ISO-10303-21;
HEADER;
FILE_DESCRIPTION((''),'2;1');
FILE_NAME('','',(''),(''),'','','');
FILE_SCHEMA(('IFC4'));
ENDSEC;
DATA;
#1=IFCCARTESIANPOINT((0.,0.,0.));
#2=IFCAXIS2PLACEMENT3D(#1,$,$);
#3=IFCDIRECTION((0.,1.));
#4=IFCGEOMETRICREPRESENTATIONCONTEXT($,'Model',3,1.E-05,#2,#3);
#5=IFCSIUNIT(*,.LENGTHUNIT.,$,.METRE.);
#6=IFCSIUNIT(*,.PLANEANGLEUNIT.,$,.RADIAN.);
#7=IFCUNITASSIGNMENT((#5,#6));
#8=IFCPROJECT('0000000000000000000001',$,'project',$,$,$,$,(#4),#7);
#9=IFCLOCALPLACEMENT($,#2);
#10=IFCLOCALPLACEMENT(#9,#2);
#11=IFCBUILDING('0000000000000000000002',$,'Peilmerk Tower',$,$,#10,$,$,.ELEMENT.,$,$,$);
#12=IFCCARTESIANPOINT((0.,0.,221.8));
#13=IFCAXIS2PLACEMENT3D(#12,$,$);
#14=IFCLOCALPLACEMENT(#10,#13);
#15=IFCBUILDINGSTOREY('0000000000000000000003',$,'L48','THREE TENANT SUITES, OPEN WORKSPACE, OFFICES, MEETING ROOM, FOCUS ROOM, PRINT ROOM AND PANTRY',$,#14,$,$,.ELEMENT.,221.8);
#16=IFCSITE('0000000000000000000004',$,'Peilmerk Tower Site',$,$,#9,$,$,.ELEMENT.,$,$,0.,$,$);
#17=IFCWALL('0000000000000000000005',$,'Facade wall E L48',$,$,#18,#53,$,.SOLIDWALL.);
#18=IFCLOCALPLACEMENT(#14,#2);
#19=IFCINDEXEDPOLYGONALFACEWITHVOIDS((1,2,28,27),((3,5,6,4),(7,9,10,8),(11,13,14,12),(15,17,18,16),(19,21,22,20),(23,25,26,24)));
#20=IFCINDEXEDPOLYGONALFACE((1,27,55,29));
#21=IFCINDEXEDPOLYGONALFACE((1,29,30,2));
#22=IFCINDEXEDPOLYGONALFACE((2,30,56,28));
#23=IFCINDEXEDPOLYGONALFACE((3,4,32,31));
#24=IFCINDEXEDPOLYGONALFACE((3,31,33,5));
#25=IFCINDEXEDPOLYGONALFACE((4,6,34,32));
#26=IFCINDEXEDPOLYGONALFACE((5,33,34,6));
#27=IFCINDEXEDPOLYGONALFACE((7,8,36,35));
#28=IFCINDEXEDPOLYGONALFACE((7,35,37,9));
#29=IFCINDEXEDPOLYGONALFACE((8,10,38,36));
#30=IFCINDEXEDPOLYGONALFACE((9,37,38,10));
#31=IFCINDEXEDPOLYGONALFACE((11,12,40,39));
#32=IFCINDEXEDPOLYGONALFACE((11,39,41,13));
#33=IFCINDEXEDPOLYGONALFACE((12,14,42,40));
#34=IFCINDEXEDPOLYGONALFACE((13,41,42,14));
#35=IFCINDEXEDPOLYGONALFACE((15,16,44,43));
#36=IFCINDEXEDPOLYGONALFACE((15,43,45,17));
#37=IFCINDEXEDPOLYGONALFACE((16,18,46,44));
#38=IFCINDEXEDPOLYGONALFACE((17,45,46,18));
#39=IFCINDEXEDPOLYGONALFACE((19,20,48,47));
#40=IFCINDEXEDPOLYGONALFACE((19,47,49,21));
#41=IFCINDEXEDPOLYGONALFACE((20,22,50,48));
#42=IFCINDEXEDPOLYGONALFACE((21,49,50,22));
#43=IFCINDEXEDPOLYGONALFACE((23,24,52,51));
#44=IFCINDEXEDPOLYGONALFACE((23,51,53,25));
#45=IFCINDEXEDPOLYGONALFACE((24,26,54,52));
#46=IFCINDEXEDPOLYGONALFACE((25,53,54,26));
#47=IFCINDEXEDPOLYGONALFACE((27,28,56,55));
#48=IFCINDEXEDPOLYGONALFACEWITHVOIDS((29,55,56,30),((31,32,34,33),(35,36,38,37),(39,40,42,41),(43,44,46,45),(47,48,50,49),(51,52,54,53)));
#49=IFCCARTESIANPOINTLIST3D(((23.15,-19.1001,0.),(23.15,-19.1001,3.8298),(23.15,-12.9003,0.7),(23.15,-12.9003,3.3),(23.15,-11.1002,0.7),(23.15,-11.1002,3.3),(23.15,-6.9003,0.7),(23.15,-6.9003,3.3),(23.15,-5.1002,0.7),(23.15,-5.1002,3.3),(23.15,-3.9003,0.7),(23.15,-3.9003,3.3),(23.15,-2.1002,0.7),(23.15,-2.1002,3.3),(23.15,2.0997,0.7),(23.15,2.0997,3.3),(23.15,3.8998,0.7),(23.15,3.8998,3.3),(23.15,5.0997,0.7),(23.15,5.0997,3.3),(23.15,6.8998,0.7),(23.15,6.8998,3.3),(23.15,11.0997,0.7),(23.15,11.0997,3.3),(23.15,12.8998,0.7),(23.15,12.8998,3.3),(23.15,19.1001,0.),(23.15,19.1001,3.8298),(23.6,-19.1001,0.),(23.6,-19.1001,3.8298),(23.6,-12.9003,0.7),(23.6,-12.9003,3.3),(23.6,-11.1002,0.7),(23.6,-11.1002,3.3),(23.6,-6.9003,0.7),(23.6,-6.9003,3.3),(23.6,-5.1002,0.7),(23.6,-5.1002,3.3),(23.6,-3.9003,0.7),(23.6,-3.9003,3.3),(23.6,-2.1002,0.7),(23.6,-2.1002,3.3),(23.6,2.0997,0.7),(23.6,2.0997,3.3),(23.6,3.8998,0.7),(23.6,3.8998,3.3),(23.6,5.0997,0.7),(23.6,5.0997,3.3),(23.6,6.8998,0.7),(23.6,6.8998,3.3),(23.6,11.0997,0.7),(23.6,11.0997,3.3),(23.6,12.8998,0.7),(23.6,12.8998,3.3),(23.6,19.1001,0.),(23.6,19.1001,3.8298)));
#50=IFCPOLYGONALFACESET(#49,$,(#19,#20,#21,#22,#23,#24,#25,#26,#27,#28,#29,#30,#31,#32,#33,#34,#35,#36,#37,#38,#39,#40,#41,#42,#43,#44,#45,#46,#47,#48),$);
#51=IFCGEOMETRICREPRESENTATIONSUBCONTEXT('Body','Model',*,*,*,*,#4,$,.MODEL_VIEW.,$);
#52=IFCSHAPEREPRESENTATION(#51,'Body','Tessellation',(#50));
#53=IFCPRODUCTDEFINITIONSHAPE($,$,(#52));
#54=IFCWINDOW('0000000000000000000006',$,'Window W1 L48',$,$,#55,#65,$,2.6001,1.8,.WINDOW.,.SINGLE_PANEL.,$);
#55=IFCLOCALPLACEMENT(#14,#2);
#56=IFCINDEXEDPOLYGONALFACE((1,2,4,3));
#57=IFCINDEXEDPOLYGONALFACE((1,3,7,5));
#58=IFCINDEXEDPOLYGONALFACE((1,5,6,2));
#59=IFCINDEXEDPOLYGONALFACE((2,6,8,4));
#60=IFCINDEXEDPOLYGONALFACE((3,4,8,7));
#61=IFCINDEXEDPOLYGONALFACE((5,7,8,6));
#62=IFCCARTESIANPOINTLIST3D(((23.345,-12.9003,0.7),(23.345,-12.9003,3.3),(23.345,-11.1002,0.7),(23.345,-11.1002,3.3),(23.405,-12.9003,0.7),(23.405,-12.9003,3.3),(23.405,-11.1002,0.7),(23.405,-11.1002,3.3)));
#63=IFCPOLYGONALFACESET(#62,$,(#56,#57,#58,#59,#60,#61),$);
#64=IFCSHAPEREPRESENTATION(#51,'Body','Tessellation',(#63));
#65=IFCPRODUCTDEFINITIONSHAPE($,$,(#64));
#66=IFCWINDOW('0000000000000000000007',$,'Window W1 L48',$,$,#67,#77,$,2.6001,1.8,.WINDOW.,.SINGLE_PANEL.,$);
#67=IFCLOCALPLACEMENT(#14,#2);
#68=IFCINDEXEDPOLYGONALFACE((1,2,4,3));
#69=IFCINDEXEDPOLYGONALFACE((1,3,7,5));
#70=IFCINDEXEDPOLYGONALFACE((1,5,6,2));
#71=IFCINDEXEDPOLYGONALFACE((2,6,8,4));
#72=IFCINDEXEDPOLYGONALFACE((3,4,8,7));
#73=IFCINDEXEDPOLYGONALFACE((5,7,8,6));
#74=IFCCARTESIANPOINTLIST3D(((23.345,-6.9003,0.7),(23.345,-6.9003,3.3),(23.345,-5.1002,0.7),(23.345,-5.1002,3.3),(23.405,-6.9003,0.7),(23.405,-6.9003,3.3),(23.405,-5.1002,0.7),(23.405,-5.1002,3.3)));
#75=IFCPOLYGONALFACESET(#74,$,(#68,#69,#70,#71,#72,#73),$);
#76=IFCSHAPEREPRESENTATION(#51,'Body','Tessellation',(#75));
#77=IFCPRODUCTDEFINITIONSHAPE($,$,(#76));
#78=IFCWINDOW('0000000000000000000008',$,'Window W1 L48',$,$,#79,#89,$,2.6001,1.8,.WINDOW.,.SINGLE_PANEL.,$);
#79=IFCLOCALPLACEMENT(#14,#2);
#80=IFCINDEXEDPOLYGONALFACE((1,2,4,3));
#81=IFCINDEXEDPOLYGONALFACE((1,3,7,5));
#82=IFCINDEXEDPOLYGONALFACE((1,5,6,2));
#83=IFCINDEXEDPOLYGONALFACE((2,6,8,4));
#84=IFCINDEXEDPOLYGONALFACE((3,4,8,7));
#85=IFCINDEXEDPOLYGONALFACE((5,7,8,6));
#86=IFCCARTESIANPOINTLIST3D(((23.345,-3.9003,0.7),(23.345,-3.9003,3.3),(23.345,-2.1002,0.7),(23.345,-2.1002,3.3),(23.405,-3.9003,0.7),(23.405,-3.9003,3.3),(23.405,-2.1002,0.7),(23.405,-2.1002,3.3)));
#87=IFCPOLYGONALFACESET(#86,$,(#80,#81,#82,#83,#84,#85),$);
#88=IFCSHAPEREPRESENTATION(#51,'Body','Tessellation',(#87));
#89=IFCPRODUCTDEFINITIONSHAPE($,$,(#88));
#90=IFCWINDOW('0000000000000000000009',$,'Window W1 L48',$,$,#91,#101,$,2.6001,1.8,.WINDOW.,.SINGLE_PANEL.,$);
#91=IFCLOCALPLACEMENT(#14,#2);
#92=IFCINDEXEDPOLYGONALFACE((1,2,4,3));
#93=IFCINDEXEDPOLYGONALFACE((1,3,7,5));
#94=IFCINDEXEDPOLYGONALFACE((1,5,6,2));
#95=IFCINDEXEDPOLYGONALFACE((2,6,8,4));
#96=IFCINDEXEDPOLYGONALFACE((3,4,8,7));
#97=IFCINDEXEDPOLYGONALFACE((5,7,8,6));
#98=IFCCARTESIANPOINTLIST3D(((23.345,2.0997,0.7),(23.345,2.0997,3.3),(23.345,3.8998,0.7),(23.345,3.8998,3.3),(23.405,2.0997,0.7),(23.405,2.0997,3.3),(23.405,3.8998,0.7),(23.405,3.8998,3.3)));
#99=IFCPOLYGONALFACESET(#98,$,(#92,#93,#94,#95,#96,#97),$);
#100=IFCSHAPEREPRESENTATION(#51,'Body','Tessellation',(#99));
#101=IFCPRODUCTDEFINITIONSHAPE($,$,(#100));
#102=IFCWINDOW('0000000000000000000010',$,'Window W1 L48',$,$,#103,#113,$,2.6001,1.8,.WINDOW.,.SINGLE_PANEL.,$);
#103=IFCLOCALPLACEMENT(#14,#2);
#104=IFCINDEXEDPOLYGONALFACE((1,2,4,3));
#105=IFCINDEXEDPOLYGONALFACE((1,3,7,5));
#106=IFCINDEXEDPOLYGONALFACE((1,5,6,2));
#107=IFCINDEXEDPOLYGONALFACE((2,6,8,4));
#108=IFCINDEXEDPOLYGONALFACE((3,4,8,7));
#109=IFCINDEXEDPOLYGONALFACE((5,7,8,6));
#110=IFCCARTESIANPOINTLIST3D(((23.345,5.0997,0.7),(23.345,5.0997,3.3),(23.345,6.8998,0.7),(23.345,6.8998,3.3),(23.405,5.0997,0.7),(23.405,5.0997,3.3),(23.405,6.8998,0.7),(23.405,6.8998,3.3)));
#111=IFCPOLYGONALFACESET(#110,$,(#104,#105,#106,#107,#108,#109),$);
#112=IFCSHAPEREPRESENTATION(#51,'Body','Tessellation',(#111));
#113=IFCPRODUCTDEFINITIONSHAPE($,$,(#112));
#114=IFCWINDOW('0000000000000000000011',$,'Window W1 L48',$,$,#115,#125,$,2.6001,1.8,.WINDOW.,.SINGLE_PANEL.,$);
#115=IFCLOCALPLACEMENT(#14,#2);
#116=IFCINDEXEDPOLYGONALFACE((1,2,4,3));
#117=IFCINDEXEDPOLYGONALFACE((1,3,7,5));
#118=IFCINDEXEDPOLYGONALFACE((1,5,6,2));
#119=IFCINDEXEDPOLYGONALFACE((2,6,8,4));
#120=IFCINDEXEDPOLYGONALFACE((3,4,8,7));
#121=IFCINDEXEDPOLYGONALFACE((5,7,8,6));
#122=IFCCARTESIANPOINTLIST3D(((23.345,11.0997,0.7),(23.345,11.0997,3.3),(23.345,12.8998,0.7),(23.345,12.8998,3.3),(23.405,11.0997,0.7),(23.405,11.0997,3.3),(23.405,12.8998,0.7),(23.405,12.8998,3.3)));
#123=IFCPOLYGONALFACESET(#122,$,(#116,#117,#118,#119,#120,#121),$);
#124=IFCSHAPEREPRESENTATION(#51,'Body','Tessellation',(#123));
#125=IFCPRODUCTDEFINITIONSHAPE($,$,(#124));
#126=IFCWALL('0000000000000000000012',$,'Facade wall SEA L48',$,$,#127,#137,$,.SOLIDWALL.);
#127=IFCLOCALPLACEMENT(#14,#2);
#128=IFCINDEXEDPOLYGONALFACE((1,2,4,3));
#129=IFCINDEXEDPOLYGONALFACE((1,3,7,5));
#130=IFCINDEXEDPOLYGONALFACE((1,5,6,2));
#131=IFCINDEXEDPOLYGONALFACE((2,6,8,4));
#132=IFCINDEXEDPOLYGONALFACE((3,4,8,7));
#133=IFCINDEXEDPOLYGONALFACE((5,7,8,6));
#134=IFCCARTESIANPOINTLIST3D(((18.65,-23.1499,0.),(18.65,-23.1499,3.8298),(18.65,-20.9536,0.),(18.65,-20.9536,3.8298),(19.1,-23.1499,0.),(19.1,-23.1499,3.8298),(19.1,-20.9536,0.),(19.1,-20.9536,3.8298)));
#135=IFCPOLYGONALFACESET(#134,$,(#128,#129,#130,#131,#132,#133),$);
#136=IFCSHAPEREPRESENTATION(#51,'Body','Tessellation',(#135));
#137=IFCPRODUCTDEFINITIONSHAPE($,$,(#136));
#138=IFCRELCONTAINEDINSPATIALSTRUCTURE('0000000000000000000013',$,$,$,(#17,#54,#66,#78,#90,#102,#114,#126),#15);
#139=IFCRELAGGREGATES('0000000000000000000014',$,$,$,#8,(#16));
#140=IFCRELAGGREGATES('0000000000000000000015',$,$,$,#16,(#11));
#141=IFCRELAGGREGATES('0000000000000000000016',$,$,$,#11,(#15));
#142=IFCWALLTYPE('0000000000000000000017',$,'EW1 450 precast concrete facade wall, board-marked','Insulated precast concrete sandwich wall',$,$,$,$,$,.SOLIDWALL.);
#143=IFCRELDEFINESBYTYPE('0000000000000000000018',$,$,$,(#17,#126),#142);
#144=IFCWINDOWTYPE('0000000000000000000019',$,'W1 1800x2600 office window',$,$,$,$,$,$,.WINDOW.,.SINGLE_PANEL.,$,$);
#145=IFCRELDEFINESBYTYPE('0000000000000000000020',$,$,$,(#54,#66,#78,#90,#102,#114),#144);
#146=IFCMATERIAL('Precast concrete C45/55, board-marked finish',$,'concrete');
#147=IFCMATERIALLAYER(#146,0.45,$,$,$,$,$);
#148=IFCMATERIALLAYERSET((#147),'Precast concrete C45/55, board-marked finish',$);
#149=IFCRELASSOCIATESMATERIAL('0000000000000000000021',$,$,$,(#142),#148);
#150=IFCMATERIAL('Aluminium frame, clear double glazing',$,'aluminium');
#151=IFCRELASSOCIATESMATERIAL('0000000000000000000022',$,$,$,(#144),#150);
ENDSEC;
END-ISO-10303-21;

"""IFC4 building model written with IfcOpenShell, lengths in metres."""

from ifc_helpers import new_model, si_unit, direction, frame, frame_2d, origin, place, context, subcontext, project, spatial, rectangle, extrude, material, layer, layer_set, type_object, element, fill, save


model = new_model("IFC4")

# Units and contexts
model_context = context("Model", 3, precision=1e-05, world=origin(), true_north=direction((0.0, 1.0)))
body_context = subcontext(model_context, "Body", "Model", "MODEL_VIEW")
ifc_project = project(units=[si_unit("LENGTHUNIT", "METRE"), si_unit("PLANEANGLEUNIT", "RADIAN")], contexts=[model_context])

# Site, building, storey
site_placement = place(None, origin())
site = spatial("IfcSite", under=ifc_project, at=site_placement, Name="Peilmerk Tower Site", CompositionType="ELEMENT", RefElevation=0.0)
building_placement = place(site_placement, origin())
building = spatial("IfcBuilding", under=site, at=building_placement, Name="Peilmerk Tower", CompositionType="ELEMENT")
storey_placement = place(building_placement, frame((0.0, 0.0, 221.8)))
storey = spatial("IfcBuildingStorey", under=building, at=storey_placement, Name="L48", Description="THREE TENANT SUITES, OPEN WORKSPACE, OFFICES, MEETING ROOM, FOCUS ROOM, PRINT ROOM AND PANTRY", CompositionType="ELEMENT", Elevation=221.8)

# Wall, openings, windows
ifc_material_1 = material(Name="Precast concrete C45/55, board-marked finish", Category="concrete")
ifc_layer_1 = layer(ifc_material_1, 0.45)
ifc_layer_set_1 = layer_set([ifc_layer_1], Name="Precast concrete C45/55, board-marked finish")
wall_type = type_object("IfcWallType", Name="EW1 450 precast concrete facade wall, board-marked", Description="Insulated precast concrete sandwich wall", PredefinedType="SOLIDWALL", material=ifc_layer_set_1)
wall_1_placement = place(storey_placement, frame((23.375, -19.1001, 0.0), z_axis=(0.0, 0.0, 1.0), x_axis=(0.0, 1.0, 0.0)))
wall_1 = element("IfcWall", 1, at=wall_1_placement, inside=storey, type_object=wall_type, Name="Facade wall E L48", PredefinedType="SOLIDWALL", context=body_context, shape_type="SweptSolid", body=[
    extrude(rectangle(XDim=38.2002, YDim=0.45, at=frame_2d((19.1001, 0.0))), origin(), (0.0, 0.0, 1.0), 3.8298),
])
opening_1_placement = place(wall_1_placement, frame((6.2, 0.0, 0.7)))
opening_1 = element("IfcOpeningElement", 2, at=opening_1_placement, cuts=wall_1, PredefinedType="OPENING", context=body_context, shape_type="SweptSolid", body=[
    extrude(rectangle(XDim=1.8, YDim=2.6001, at=frame_2d((0.8999, 1.3))), frame((0.0, 0.2349, 0.0), z_axis=(0.0, -1.0, 0.0), x_axis=(1.0, 0.0, 0.0)), (0.0, 0.0, 1.0), 0.47),
])
opening_2_placement = place(wall_1_placement, frame((12.2, 0.0, 0.7)))
opening_2 = element("IfcOpeningElement", 3, at=opening_2_placement, cuts=wall_1, PredefinedType="OPENING", context=body_context, shape_type="SweptSolid", body=[
    extrude(rectangle(XDim=1.8, YDim=2.6001, at=frame_2d((0.8999, 1.3))), frame((0.0, 0.2349, 0.0), z_axis=(0.0, -1.0, 0.0), x_axis=(1.0, 0.0, 0.0)), (0.0, 0.0, 1.0), 0.47),
])
opening_3_placement = place(wall_1_placement, frame((15.2, 0.0, 0.7)))
opening_3 = element("IfcOpeningElement", 4, at=opening_3_placement, cuts=wall_1, PredefinedType="OPENING", context=body_context, shape_type="SweptSolid", body=[
    extrude(rectangle(XDim=1.8, YDim=2.6001, at=frame_2d((0.8999, 1.3))), frame((0.0, 0.2349, 0.0), z_axis=(0.0, -1.0, 0.0), x_axis=(1.0, 0.0, 0.0)), (0.0, 0.0, 1.0), 0.47),
])
opening_4_placement = place(wall_1_placement, frame((21.2, 0.0, 0.7)))
opening_4 = element("IfcOpeningElement", 5, at=opening_4_placement, cuts=wall_1, PredefinedType="OPENING", context=body_context, shape_type="SweptSolid", body=[
    extrude(rectangle(XDim=1.8, YDim=2.6001, at=frame_2d((0.8999, 1.3))), frame((0.0, 0.2349, 0.0), z_axis=(0.0, -1.0, 0.0), x_axis=(1.0, 0.0, 0.0)), (0.0, 0.0, 1.0), 0.47),
])
opening_5_placement = place(wall_1_placement, frame((24.2, 0.0, 0.7)))
opening_5 = element("IfcOpeningElement", 6, at=opening_5_placement, cuts=wall_1, PredefinedType="OPENING", context=body_context, shape_type="SweptSolid", body=[
    extrude(rectangle(XDim=1.8, YDim=2.6001, at=frame_2d((0.8999, 1.3))), frame((0.0, 0.2349, 0.0), z_axis=(0.0, -1.0, 0.0), x_axis=(1.0, 0.0, 0.0)), (0.0, 0.0, 1.0), 0.47),
])
opening_6_placement = place(wall_1_placement, frame((30.2, 0.0, 0.7)))
opening_6 = element("IfcOpeningElement", 7, at=opening_6_placement, cuts=wall_1, PredefinedType="OPENING", context=body_context, shape_type="SweptSolid", body=[
    extrude(rectangle(XDim=1.8, YDim=2.6001, at=frame_2d((0.8999, 1.3))), frame((0.0, 0.2349, 0.0), z_axis=(0.0, -1.0, 0.0), x_axis=(1.0, 0.0, 0.0)), (0.0, 0.0, 1.0), 0.47),
])
ifc_material_2 = material(Name="Aluminium frame, clear double glazing", Category="aluminium")
window_type = type_object("IfcWindowType", Name="W1 1800x2600 office window", PartitioningType="SINGLE_PANEL", PredefinedType="WINDOW", material=ifc_material_2)
window_1_placement = place(opening_1_placement, origin())
window_1 = element("IfcWindow", 8, at=window_1_placement, inside=storey, type_object=window_type, Name="Window W1 L48", OverallHeight=2.6001, OverallWidth=1.8, PartitioningType="SINGLE_PANEL", PredefinedType="WINDOW", context=body_context, shape_type="SweptSolid", body=[
    extrude(rectangle(XDim=1.8, YDim=2.6001, at=frame_2d((0.8999, 1.3))), frame((0.0, 0.03, 0.0), z_axis=(0.0, -1.0, 0.0), x_axis=(1.0, 0.0, 0.0)), (0.0, 0.0, 1.0), 0.0601),
])
fill(opening_1, window_1)
window_2_placement = place(opening_2_placement, origin())
window_2 = element("IfcWindow", 9, at=window_2_placement, inside=storey, type_object=window_type, Name="Window W1 L48", OverallHeight=2.6001, OverallWidth=1.8, PartitioningType="SINGLE_PANEL", PredefinedType="WINDOW", context=body_context, shape_type="SweptSolid", body=[
    extrude(rectangle(XDim=1.8, YDim=2.6001, at=frame_2d((0.8999, 1.3))), frame((0.0, 0.03, 0.0), z_axis=(0.0, -1.0, 0.0), x_axis=(1.0, 0.0, 0.0)), (0.0, 0.0, 1.0), 0.0601),
])
fill(opening_2, window_2)
window_3_placement = place(opening_3_placement, origin())
window_3 = element("IfcWindow", 10, at=window_3_placement, inside=storey, type_object=window_type, Name="Window W1 L48", OverallHeight=2.6001, OverallWidth=1.8, PartitioningType="SINGLE_PANEL", PredefinedType="WINDOW", context=body_context, shape_type="SweptSolid", body=[
    extrude(rectangle(XDim=1.8, YDim=2.6001, at=frame_2d((0.8999, 1.3))), frame((0.0, 0.03, 0.0), z_axis=(0.0, -1.0, 0.0), x_axis=(1.0, 0.0, 0.0)), (0.0, 0.0, 1.0), 0.0601),
])
fill(opening_3, window_3)
window_4_placement = place(opening_4_placement, origin())
window_4 = element("IfcWindow", 11, at=window_4_placement, inside=storey, type_object=window_type, Name="Window W1 L48", OverallHeight=2.6001, OverallWidth=1.8, PartitioningType="SINGLE_PANEL", PredefinedType="WINDOW", context=body_context, shape_type="SweptSolid", body=[
    extrude(rectangle(XDim=1.8, YDim=2.6001, at=frame_2d((0.8999, 1.3))), frame((0.0, 0.03, 0.0), z_axis=(0.0, -1.0, 0.0), x_axis=(1.0, 0.0, 0.0)), (0.0, 0.0, 1.0), 0.0601),
])
fill(opening_4, window_4)
window_5_placement = place(opening_5_placement, origin())
window_5 = element("IfcWindow", 12, at=window_5_placement, inside=storey, type_object=window_type, Name="Window W1 L48", OverallHeight=2.6001, OverallWidth=1.8, PartitioningType="SINGLE_PANEL", PredefinedType="WINDOW", context=body_context, shape_type="SweptSolid", body=[
    extrude(rectangle(XDim=1.8, YDim=2.6001, at=frame_2d((0.8999, 1.3))), frame((0.0, 0.03, 0.0), z_axis=(0.0, -1.0, 0.0), x_axis=(1.0, 0.0, 0.0)), (0.0, 0.0, 1.0), 0.0601),
])
fill(opening_5, window_5)
window_6_placement = place(opening_6_placement, origin())
window_6 = element("IfcWindow", 13, at=window_6_placement, inside=storey, type_object=window_type, Name="Window W1 L48", OverallHeight=2.6001, OverallWidth=1.8, PartitioningType="SINGLE_PANEL", PredefinedType="WINDOW", context=body_context, shape_type="SweptSolid", body=[
    extrude(rectangle(XDim=1.8, YDim=2.6001, at=frame_2d((0.8999, 1.3))), frame((0.0, 0.03, 0.0), z_axis=(0.0, -1.0, 0.0), x_axis=(1.0, 0.0, 0.0)), (0.0, 0.0, 1.0), 0.0601),
])
fill(opening_6, window_6)

# Wall
wall_2_placement = place(storey_placement, frame((18.875, -20.9536, 0.0), z_axis=(0.0, 0.0, 1.0), x_axis=(0.0, -1.0, 0.0)))
element("IfcWall", 14, at=wall_2_placement, inside=storey, type_object=wall_type, Name="Facade wall SEA L48", PredefinedType="SOLIDWALL", context=body_context, shape_type="SweptSolid", body=[
    extrude(rectangle(XDim=2.1963, YDim=0.45, at=frame_2d((1.0981, 0.0))), origin(), (0.0, 0.0, 1.0), 3.8298),
])

save(model, "model.ifc")
